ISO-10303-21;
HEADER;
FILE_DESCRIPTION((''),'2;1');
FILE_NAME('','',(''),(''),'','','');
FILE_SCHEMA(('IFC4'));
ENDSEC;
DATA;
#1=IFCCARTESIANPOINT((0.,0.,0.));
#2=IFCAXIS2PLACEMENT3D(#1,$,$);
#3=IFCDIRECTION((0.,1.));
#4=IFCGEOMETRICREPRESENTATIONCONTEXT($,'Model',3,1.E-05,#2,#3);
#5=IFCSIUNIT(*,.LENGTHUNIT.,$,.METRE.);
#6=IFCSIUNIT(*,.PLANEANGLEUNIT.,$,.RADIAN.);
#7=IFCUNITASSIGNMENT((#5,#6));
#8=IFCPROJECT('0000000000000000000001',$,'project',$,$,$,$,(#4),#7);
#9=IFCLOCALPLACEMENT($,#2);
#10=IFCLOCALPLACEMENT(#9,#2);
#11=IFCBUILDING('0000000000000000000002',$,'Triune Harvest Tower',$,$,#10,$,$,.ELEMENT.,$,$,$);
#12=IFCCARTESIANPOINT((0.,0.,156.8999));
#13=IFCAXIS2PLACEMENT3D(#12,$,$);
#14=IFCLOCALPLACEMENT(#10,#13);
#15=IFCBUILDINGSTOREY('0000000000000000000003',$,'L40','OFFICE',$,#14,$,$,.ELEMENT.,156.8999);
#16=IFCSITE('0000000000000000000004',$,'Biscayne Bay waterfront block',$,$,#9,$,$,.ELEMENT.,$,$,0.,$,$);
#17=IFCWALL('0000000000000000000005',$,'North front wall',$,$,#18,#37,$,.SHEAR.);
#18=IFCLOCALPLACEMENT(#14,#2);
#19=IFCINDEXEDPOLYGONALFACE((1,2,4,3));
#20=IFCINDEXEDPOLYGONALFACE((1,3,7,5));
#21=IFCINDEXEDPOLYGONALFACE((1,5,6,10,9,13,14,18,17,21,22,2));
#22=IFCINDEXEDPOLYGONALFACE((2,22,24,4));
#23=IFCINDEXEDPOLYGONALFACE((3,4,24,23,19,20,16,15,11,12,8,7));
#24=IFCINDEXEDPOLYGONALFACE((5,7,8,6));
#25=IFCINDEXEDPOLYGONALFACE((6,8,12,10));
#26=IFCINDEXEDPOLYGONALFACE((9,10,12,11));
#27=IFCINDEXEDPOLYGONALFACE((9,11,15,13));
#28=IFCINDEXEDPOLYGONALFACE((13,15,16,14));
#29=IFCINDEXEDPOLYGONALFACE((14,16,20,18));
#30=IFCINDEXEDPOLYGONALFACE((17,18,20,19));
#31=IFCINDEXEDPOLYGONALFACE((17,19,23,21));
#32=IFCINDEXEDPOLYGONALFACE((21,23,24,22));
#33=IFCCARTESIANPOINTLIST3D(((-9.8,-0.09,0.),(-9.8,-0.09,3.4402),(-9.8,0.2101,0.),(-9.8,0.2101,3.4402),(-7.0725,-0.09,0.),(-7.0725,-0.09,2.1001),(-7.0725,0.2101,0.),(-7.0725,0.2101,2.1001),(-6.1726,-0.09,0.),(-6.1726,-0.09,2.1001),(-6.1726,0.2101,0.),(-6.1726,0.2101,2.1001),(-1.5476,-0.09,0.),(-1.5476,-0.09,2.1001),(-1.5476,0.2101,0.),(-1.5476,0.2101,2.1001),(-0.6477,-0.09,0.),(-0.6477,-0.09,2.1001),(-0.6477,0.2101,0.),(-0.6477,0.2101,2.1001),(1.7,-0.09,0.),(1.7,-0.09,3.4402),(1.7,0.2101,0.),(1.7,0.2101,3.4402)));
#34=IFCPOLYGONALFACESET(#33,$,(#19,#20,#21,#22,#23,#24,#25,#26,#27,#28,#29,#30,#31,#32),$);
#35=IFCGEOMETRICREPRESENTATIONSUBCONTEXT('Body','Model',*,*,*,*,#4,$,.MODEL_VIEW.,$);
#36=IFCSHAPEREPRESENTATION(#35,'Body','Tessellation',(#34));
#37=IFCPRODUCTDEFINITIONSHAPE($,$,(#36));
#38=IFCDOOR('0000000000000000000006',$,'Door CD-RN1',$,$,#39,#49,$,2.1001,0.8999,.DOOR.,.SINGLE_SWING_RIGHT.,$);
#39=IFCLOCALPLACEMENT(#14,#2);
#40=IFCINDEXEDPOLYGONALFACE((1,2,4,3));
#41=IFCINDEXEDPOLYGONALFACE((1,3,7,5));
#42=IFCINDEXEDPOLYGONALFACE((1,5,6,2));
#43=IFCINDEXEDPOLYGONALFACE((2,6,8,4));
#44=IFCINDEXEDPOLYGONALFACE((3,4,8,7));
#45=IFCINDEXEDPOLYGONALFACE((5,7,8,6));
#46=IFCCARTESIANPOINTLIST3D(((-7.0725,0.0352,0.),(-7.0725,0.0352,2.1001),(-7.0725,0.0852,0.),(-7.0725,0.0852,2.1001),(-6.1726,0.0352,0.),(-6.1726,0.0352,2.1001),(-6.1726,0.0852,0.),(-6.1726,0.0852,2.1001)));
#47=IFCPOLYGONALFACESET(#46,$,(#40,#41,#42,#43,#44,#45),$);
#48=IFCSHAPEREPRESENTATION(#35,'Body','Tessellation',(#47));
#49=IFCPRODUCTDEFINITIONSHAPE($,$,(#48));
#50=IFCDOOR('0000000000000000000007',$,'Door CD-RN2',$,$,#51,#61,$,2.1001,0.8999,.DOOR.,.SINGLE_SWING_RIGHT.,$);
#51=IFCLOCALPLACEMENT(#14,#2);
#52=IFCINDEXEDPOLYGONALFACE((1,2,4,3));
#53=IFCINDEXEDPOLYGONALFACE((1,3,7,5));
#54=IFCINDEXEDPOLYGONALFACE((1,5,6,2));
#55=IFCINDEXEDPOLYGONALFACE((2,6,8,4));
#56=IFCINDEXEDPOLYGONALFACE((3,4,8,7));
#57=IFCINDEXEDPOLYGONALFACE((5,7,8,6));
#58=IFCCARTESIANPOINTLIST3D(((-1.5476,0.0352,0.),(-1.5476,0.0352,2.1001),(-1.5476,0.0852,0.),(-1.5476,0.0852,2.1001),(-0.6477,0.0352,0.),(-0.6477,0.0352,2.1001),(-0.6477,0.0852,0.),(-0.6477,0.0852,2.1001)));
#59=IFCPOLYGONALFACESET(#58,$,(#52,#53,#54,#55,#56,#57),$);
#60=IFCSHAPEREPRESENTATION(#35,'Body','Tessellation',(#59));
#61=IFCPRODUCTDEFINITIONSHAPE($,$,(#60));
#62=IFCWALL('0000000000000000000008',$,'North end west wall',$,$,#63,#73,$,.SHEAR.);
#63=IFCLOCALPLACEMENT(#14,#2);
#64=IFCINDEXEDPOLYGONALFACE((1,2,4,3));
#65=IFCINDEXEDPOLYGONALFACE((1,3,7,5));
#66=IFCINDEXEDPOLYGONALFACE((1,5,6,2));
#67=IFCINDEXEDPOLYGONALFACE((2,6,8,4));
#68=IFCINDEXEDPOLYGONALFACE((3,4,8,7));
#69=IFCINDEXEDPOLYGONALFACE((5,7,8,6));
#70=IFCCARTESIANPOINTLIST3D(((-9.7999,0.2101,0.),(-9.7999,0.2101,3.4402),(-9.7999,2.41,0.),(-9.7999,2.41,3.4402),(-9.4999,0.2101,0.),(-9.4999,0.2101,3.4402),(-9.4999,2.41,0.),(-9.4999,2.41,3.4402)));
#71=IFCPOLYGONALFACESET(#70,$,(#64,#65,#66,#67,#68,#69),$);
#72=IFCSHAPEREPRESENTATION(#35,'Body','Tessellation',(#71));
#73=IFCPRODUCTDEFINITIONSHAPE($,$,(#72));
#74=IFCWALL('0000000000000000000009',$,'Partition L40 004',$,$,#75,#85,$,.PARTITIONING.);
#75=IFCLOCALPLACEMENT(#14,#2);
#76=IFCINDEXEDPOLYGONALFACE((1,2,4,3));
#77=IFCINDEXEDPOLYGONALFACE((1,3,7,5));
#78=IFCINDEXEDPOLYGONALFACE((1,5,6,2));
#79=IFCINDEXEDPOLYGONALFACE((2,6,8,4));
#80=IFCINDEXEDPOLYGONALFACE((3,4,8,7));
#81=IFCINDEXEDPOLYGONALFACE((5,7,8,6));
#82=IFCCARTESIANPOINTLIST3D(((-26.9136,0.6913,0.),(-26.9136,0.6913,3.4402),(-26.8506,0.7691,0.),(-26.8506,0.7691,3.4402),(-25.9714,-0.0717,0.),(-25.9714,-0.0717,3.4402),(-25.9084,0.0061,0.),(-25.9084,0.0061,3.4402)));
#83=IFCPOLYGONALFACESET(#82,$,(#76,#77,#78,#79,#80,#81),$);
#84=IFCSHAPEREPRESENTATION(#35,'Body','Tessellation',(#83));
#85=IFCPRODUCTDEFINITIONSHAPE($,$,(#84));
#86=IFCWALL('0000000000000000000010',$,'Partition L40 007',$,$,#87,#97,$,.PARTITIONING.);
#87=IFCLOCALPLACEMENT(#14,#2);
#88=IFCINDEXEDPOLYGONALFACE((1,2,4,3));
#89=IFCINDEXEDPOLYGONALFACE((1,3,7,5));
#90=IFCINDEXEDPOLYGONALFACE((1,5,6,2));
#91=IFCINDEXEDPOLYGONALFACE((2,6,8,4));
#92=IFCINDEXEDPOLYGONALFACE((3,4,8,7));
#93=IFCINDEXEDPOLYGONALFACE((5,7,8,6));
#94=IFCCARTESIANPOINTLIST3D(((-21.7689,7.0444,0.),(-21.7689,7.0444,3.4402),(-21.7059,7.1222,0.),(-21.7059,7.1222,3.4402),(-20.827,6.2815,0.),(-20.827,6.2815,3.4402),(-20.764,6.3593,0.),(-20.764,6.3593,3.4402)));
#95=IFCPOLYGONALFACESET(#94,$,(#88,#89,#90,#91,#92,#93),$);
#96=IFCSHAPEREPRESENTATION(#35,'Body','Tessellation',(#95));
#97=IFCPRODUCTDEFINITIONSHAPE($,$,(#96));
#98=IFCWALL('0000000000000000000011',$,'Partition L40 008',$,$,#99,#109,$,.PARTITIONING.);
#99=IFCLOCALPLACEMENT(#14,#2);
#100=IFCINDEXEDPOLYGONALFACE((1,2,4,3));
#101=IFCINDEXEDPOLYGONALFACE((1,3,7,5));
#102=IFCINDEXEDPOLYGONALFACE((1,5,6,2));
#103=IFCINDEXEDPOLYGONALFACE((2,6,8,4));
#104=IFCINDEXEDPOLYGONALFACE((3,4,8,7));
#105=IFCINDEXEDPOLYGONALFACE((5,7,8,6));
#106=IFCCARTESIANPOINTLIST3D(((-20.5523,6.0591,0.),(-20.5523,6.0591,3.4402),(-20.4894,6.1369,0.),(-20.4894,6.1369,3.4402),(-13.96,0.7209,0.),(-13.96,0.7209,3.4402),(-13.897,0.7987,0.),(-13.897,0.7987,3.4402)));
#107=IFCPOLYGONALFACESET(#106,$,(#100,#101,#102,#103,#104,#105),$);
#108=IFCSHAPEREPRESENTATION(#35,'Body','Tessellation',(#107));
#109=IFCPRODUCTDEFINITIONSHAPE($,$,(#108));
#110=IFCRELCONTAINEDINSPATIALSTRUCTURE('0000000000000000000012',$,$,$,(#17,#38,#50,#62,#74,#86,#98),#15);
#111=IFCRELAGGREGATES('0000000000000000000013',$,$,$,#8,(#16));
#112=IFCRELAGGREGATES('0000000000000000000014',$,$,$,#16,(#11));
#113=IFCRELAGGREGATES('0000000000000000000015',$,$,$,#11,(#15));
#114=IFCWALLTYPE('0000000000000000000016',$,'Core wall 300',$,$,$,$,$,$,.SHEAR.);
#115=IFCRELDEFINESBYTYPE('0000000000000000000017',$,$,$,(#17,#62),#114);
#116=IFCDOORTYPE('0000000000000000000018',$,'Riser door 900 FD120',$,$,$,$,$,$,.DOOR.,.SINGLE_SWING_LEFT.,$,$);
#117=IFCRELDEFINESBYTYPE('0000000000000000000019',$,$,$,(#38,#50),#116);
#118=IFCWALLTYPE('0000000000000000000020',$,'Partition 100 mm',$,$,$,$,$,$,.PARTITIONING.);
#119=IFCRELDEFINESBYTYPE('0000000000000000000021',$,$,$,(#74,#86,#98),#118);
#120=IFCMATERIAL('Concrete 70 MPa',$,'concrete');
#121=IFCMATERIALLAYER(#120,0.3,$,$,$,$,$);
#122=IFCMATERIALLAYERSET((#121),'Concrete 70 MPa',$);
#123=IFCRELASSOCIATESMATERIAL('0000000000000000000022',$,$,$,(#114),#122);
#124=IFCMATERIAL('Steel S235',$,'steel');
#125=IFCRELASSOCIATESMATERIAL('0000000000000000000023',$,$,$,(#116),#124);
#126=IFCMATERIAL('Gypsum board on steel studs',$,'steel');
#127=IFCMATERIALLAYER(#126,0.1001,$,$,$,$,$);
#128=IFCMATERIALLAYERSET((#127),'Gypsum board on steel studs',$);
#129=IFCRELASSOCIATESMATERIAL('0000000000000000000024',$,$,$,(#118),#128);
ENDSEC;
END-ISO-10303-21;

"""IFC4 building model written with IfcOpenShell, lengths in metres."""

from ifc_helpers import new_model, si_unit, direction, frame, frame_2d, origin, place, context, subcontext, project, spatial, rectangle, extrude, source, transform, mapped, material, layer, layer_set, type_object, element, fill, save


model = new_model("IFC4")

# Units and contexts
model_context = context("Model", 3, precision=1e-05, world=origin(), true_north=direction((0.0, 1.0)))
body_context = subcontext(model_context, "Body", "Model", "MODEL_VIEW")
ifc_project = project(units=[si_unit("LENGTHUNIT", "METRE"), si_unit("PLANEANGLEUNIT", "RADIAN")], contexts=[model_context])

# Site, building, storey
site_placement = place(None, origin())
site = spatial("IfcSite", under=ifc_project, at=site_placement, Name="Biscayne Bay waterfront block", CompositionType="ELEMENT", RefElevation=0.0)
building_placement = place(site_placement, origin())
building = spatial("IfcBuilding", under=site, at=building_placement, Name="Triune Harvest Tower", CompositionType="ELEMENT")
storey_placement = place(building_placement, frame((0.0, 0.0, 156.8999)))
storey = spatial("IfcBuildingStorey", under=building, at=storey_placement, Name="L40", Description="OFFICE", CompositionType="ELEMENT", Elevation=156.8999)

# Wall, openings, doors
ifc_material_1 = material(Name="Concrete 70 MPa", Category="concrete")
ifc_layer_1 = layer(ifc_material_1, 0.3)
ifc_layer_set_1 = layer_set([ifc_layer_1], Name="Concrete 70 MPa")
wall_type_1 = type_object("IfcWallType", Name="Core wall 300", PredefinedType="SHEAR", material=ifc_layer_set_1)
shared_shape_1 = source(origin(), body_context, "Body", "SweptSolid", [
    extrude(rectangle(XDim=11.5, YDim=0.3, at=frame_2d((5.75, 0.0))), origin(), (0.0, 0.0, 1.0), 3.4402),
])
wall_1_placement = place(storey_placement, frame((-9.8, 0.0601, 0.0), z_axis=(0.0, 0.0, 1.0), x_axis=(1.0, 0.0, 0.0)))
wall_1 = element("IfcWall", 1, at=wall_1_placement, inside=storey, type_object=wall_type_1, Name="North front wall", PredefinedType="SHEAR", context=body_context, shape_type="MappedRepresentation", body=[
    mapped(shared_shape_1, transform((0.0, 0.0, 0.0), scale=1.0)),
])
opening_1_placement = place(wall_1_placement, frame((2.7275, 0.0, 0.0)))
opening_1 = element("IfcOpeningElement", 2, at=opening_1_placement, cuts=wall_1, PredefinedType="OPENING", context=body_context, shape_type="SweptSolid", body=[
    extrude(rectangle(XDim=0.8999, YDim=2.1001, at=frame_2d((0.45, 1.05))), frame((0.0, 0.1602, 0.0), z_axis=(0.0, -1.0, 0.0), x_axis=(1.0, 0.0, 0.0)), (0.0, 0.0, 1.0), 0.3201),
])
opening_2_placement = place(wall_1_placement, frame((8.2524, 0.0, 0.0)))
opening_2 = element("IfcOpeningElement", 3, at=opening_2_placement, cuts=wall_1, PredefinedType="OPENING", context=body_context, shape_type="SweptSolid", body=[
    extrude(rectangle(XDim=0.8999, YDim=2.1001, at=frame_2d((0.45, 1.05))), frame((0.0, 0.1602, 0.0), z_axis=(0.0, -1.0, 0.0), x_axis=(1.0, 0.0, 0.0)), (0.0, 0.0, 1.0), 0.3201),
])
ifc_material_2 = material(Name="Steel S235", Category="steel")
door_type_1 = type_object("IfcDoorType", Name="Riser door 900 FD120", OperationType="SINGLE_SWING_LEFT", PredefinedType="DOOR", material=ifc_material_2)
door_1_placement = place(opening_1_placement, frame((0.8999, 0.0, 0.0), z_axis=(0.0, 0.0, 1.0), x_axis=(-1.0, 0.0, 0.0)))
door_1 = element("IfcDoor", 4, at=door_1_placement, inside=storey, type_object=door_type_1, Name="Door CD-RN1", OperationType="SINGLE_SWING_RIGHT", OverallHeight=2.1001, OverallWidth=0.8999, PredefinedType="DOOR", context=body_context, shape_type="SweptSolid", body=[
    extrude(rectangle(XDim=0.8999, YDim=2.1001, at=frame_2d((0.45, 1.05))), frame((0.0, 0.0249, 0.0), z_axis=(0.0, -1.0, 0.0), x_axis=(1.0, 0.0, 0.0)), (0.0, 0.0, 1.0), 0.05),
])
fill(opening_1, door_1)
door_2_placement = place(opening_2_placement, frame((0.8999, 0.0, 0.0), z_axis=(0.0, 0.0, 1.0), x_axis=(-1.0, 0.0, 0.0)))
door_2 = element("IfcDoor", 5, at=door_2_placement, inside=storey, type_object=door_type_1, Name="Door CD-RN2", OperationType="SINGLE_SWING_RIGHT", OverallHeight=2.1001, OverallWidth=0.8999, PredefinedType="DOOR", context=body_context, shape_type="SweptSolid", body=[
    extrude(rectangle(XDim=0.8999, YDim=2.1001, at=frame_2d((0.45, 1.05))), frame((0.0, 0.0249, 0.0), z_axis=(0.0, -1.0, 0.0), x_axis=(1.0, 0.0, 0.0)), (0.0, 0.0, 1.0), 0.05),
])
fill(opening_2, door_2)

# Walls
shared_shape_2 = source(origin(), body_context, "Body", "SweptSolid", [
    extrude(rectangle(XDim=2.2, YDim=0.3, at=frame_2d((1.1001, 0.0))), origin(), (0.0, 0.0, 1.0), 3.4402),
])
wall_2_placement = place(storey_placement, frame((-9.6499, 0.21, 0.0), z_axis=(0.0, 0.0, 1.0), x_axis=(0.0, 1.0, 0.0)))
element("IfcWall", 6, at=wall_2_placement, inside=storey, type_object=wall_type_1, Name="North end west wall", PredefinedType="SHEAR", context=body_context, shape_type="MappedRepresentation", body=[
    mapped(shared_shape_2, transform((0.0, 0.0, 0.0), scale=1.0)),
])
ifc_material_3 = material(Name="Gypsum board on steel studs", Category="steel")
ifc_layer_2 = layer(ifc_material_3, 0.1001)
ifc_layer_set_2 = layer_set([ifc_layer_2], Name="Gypsum board on steel studs")
wall_type_2 = type_object("IfcWallType", Name="Partition 100 mm", PredefinedType="PARTITIONING", material=ifc_layer_set_2)
shared_shape_3 = source(origin(), body_context, "Body", "SweptSolid", [
    extrude(rectangle(XDim=1.2124, YDim=0.1001, at=frame_2d((0.6062, 0.0))), origin(), (0.0, 0.0, 1.0), 3.4402),
])
wall_3_placement = place(storey_placement, frame((-26.8821, 0.7302, 0.0), z_axis=(0.0, 0.0, 1.0), x_axis=(0.777142, -0.629326, 0.0)))
element("IfcWall", 7, at=wall_3_placement, inside=storey, type_object=wall_type_2, Name="Partition L40 004", PredefinedType="PARTITIONING", context=body_context, shape_type="MappedRepresentation", body=[
    mapped(shared_shape_3, transform((0.0, 0.0, 0.0), scale=1.0)),
])
shared_shape_4 = source(origin(), body_context, "Body", "SweptSolid", [
    extrude(rectangle(XDim=1.2122, YDim=0.1001, at=frame_2d((0.606, 0.0))), origin(), (0.0, 0.0, 1.0), 3.4402),
])
wall_4_placement = place(storey_placement, frame((-21.7373, 7.0833, 0.0), z_axis=(0.0, 0.0, 1.0), x_axis=(0.777062, -0.629424, 0.0)))
element("IfcWall", 8, at=wall_4_placement, inside=storey, type_object=wall_type_2, Name="Partition L40 007", PredefinedType="PARTITIONING", context=body_context, shape_type="MappedRepresentation", body=[
    mapped(shared_shape_4, transform((0.0, 0.0, 0.0), scale=1.0)),
])
shared_shape_5 = source(origin(), body_context, "Body", "SweptSolid", [
    extrude(rectangle(XDim=8.4827, YDim=0.1001, at=frame_2d((4.2412, 0.0))), origin(), (0.0, 0.0, 1.0), 3.4402),
])
wall_5_placement = place(storey_placement, frame((-20.5208, 6.0979, 0.0), z_axis=(0.0, 0.0, 1.0), x_axis=(0.777157, -0.629307, 0.0)))
element("IfcWall", 9, at=wall_5_placement, inside=storey, type_object=wall_type_2, Name="Partition L40 008", PredefinedType="PARTITIONING", context=body_context, shape_type="MappedRepresentation", body=[
    mapped(shared_shape_5, transform((0.0, 0.0, 0.0), scale=1.0)),
])

save(model, "model.ifc")
